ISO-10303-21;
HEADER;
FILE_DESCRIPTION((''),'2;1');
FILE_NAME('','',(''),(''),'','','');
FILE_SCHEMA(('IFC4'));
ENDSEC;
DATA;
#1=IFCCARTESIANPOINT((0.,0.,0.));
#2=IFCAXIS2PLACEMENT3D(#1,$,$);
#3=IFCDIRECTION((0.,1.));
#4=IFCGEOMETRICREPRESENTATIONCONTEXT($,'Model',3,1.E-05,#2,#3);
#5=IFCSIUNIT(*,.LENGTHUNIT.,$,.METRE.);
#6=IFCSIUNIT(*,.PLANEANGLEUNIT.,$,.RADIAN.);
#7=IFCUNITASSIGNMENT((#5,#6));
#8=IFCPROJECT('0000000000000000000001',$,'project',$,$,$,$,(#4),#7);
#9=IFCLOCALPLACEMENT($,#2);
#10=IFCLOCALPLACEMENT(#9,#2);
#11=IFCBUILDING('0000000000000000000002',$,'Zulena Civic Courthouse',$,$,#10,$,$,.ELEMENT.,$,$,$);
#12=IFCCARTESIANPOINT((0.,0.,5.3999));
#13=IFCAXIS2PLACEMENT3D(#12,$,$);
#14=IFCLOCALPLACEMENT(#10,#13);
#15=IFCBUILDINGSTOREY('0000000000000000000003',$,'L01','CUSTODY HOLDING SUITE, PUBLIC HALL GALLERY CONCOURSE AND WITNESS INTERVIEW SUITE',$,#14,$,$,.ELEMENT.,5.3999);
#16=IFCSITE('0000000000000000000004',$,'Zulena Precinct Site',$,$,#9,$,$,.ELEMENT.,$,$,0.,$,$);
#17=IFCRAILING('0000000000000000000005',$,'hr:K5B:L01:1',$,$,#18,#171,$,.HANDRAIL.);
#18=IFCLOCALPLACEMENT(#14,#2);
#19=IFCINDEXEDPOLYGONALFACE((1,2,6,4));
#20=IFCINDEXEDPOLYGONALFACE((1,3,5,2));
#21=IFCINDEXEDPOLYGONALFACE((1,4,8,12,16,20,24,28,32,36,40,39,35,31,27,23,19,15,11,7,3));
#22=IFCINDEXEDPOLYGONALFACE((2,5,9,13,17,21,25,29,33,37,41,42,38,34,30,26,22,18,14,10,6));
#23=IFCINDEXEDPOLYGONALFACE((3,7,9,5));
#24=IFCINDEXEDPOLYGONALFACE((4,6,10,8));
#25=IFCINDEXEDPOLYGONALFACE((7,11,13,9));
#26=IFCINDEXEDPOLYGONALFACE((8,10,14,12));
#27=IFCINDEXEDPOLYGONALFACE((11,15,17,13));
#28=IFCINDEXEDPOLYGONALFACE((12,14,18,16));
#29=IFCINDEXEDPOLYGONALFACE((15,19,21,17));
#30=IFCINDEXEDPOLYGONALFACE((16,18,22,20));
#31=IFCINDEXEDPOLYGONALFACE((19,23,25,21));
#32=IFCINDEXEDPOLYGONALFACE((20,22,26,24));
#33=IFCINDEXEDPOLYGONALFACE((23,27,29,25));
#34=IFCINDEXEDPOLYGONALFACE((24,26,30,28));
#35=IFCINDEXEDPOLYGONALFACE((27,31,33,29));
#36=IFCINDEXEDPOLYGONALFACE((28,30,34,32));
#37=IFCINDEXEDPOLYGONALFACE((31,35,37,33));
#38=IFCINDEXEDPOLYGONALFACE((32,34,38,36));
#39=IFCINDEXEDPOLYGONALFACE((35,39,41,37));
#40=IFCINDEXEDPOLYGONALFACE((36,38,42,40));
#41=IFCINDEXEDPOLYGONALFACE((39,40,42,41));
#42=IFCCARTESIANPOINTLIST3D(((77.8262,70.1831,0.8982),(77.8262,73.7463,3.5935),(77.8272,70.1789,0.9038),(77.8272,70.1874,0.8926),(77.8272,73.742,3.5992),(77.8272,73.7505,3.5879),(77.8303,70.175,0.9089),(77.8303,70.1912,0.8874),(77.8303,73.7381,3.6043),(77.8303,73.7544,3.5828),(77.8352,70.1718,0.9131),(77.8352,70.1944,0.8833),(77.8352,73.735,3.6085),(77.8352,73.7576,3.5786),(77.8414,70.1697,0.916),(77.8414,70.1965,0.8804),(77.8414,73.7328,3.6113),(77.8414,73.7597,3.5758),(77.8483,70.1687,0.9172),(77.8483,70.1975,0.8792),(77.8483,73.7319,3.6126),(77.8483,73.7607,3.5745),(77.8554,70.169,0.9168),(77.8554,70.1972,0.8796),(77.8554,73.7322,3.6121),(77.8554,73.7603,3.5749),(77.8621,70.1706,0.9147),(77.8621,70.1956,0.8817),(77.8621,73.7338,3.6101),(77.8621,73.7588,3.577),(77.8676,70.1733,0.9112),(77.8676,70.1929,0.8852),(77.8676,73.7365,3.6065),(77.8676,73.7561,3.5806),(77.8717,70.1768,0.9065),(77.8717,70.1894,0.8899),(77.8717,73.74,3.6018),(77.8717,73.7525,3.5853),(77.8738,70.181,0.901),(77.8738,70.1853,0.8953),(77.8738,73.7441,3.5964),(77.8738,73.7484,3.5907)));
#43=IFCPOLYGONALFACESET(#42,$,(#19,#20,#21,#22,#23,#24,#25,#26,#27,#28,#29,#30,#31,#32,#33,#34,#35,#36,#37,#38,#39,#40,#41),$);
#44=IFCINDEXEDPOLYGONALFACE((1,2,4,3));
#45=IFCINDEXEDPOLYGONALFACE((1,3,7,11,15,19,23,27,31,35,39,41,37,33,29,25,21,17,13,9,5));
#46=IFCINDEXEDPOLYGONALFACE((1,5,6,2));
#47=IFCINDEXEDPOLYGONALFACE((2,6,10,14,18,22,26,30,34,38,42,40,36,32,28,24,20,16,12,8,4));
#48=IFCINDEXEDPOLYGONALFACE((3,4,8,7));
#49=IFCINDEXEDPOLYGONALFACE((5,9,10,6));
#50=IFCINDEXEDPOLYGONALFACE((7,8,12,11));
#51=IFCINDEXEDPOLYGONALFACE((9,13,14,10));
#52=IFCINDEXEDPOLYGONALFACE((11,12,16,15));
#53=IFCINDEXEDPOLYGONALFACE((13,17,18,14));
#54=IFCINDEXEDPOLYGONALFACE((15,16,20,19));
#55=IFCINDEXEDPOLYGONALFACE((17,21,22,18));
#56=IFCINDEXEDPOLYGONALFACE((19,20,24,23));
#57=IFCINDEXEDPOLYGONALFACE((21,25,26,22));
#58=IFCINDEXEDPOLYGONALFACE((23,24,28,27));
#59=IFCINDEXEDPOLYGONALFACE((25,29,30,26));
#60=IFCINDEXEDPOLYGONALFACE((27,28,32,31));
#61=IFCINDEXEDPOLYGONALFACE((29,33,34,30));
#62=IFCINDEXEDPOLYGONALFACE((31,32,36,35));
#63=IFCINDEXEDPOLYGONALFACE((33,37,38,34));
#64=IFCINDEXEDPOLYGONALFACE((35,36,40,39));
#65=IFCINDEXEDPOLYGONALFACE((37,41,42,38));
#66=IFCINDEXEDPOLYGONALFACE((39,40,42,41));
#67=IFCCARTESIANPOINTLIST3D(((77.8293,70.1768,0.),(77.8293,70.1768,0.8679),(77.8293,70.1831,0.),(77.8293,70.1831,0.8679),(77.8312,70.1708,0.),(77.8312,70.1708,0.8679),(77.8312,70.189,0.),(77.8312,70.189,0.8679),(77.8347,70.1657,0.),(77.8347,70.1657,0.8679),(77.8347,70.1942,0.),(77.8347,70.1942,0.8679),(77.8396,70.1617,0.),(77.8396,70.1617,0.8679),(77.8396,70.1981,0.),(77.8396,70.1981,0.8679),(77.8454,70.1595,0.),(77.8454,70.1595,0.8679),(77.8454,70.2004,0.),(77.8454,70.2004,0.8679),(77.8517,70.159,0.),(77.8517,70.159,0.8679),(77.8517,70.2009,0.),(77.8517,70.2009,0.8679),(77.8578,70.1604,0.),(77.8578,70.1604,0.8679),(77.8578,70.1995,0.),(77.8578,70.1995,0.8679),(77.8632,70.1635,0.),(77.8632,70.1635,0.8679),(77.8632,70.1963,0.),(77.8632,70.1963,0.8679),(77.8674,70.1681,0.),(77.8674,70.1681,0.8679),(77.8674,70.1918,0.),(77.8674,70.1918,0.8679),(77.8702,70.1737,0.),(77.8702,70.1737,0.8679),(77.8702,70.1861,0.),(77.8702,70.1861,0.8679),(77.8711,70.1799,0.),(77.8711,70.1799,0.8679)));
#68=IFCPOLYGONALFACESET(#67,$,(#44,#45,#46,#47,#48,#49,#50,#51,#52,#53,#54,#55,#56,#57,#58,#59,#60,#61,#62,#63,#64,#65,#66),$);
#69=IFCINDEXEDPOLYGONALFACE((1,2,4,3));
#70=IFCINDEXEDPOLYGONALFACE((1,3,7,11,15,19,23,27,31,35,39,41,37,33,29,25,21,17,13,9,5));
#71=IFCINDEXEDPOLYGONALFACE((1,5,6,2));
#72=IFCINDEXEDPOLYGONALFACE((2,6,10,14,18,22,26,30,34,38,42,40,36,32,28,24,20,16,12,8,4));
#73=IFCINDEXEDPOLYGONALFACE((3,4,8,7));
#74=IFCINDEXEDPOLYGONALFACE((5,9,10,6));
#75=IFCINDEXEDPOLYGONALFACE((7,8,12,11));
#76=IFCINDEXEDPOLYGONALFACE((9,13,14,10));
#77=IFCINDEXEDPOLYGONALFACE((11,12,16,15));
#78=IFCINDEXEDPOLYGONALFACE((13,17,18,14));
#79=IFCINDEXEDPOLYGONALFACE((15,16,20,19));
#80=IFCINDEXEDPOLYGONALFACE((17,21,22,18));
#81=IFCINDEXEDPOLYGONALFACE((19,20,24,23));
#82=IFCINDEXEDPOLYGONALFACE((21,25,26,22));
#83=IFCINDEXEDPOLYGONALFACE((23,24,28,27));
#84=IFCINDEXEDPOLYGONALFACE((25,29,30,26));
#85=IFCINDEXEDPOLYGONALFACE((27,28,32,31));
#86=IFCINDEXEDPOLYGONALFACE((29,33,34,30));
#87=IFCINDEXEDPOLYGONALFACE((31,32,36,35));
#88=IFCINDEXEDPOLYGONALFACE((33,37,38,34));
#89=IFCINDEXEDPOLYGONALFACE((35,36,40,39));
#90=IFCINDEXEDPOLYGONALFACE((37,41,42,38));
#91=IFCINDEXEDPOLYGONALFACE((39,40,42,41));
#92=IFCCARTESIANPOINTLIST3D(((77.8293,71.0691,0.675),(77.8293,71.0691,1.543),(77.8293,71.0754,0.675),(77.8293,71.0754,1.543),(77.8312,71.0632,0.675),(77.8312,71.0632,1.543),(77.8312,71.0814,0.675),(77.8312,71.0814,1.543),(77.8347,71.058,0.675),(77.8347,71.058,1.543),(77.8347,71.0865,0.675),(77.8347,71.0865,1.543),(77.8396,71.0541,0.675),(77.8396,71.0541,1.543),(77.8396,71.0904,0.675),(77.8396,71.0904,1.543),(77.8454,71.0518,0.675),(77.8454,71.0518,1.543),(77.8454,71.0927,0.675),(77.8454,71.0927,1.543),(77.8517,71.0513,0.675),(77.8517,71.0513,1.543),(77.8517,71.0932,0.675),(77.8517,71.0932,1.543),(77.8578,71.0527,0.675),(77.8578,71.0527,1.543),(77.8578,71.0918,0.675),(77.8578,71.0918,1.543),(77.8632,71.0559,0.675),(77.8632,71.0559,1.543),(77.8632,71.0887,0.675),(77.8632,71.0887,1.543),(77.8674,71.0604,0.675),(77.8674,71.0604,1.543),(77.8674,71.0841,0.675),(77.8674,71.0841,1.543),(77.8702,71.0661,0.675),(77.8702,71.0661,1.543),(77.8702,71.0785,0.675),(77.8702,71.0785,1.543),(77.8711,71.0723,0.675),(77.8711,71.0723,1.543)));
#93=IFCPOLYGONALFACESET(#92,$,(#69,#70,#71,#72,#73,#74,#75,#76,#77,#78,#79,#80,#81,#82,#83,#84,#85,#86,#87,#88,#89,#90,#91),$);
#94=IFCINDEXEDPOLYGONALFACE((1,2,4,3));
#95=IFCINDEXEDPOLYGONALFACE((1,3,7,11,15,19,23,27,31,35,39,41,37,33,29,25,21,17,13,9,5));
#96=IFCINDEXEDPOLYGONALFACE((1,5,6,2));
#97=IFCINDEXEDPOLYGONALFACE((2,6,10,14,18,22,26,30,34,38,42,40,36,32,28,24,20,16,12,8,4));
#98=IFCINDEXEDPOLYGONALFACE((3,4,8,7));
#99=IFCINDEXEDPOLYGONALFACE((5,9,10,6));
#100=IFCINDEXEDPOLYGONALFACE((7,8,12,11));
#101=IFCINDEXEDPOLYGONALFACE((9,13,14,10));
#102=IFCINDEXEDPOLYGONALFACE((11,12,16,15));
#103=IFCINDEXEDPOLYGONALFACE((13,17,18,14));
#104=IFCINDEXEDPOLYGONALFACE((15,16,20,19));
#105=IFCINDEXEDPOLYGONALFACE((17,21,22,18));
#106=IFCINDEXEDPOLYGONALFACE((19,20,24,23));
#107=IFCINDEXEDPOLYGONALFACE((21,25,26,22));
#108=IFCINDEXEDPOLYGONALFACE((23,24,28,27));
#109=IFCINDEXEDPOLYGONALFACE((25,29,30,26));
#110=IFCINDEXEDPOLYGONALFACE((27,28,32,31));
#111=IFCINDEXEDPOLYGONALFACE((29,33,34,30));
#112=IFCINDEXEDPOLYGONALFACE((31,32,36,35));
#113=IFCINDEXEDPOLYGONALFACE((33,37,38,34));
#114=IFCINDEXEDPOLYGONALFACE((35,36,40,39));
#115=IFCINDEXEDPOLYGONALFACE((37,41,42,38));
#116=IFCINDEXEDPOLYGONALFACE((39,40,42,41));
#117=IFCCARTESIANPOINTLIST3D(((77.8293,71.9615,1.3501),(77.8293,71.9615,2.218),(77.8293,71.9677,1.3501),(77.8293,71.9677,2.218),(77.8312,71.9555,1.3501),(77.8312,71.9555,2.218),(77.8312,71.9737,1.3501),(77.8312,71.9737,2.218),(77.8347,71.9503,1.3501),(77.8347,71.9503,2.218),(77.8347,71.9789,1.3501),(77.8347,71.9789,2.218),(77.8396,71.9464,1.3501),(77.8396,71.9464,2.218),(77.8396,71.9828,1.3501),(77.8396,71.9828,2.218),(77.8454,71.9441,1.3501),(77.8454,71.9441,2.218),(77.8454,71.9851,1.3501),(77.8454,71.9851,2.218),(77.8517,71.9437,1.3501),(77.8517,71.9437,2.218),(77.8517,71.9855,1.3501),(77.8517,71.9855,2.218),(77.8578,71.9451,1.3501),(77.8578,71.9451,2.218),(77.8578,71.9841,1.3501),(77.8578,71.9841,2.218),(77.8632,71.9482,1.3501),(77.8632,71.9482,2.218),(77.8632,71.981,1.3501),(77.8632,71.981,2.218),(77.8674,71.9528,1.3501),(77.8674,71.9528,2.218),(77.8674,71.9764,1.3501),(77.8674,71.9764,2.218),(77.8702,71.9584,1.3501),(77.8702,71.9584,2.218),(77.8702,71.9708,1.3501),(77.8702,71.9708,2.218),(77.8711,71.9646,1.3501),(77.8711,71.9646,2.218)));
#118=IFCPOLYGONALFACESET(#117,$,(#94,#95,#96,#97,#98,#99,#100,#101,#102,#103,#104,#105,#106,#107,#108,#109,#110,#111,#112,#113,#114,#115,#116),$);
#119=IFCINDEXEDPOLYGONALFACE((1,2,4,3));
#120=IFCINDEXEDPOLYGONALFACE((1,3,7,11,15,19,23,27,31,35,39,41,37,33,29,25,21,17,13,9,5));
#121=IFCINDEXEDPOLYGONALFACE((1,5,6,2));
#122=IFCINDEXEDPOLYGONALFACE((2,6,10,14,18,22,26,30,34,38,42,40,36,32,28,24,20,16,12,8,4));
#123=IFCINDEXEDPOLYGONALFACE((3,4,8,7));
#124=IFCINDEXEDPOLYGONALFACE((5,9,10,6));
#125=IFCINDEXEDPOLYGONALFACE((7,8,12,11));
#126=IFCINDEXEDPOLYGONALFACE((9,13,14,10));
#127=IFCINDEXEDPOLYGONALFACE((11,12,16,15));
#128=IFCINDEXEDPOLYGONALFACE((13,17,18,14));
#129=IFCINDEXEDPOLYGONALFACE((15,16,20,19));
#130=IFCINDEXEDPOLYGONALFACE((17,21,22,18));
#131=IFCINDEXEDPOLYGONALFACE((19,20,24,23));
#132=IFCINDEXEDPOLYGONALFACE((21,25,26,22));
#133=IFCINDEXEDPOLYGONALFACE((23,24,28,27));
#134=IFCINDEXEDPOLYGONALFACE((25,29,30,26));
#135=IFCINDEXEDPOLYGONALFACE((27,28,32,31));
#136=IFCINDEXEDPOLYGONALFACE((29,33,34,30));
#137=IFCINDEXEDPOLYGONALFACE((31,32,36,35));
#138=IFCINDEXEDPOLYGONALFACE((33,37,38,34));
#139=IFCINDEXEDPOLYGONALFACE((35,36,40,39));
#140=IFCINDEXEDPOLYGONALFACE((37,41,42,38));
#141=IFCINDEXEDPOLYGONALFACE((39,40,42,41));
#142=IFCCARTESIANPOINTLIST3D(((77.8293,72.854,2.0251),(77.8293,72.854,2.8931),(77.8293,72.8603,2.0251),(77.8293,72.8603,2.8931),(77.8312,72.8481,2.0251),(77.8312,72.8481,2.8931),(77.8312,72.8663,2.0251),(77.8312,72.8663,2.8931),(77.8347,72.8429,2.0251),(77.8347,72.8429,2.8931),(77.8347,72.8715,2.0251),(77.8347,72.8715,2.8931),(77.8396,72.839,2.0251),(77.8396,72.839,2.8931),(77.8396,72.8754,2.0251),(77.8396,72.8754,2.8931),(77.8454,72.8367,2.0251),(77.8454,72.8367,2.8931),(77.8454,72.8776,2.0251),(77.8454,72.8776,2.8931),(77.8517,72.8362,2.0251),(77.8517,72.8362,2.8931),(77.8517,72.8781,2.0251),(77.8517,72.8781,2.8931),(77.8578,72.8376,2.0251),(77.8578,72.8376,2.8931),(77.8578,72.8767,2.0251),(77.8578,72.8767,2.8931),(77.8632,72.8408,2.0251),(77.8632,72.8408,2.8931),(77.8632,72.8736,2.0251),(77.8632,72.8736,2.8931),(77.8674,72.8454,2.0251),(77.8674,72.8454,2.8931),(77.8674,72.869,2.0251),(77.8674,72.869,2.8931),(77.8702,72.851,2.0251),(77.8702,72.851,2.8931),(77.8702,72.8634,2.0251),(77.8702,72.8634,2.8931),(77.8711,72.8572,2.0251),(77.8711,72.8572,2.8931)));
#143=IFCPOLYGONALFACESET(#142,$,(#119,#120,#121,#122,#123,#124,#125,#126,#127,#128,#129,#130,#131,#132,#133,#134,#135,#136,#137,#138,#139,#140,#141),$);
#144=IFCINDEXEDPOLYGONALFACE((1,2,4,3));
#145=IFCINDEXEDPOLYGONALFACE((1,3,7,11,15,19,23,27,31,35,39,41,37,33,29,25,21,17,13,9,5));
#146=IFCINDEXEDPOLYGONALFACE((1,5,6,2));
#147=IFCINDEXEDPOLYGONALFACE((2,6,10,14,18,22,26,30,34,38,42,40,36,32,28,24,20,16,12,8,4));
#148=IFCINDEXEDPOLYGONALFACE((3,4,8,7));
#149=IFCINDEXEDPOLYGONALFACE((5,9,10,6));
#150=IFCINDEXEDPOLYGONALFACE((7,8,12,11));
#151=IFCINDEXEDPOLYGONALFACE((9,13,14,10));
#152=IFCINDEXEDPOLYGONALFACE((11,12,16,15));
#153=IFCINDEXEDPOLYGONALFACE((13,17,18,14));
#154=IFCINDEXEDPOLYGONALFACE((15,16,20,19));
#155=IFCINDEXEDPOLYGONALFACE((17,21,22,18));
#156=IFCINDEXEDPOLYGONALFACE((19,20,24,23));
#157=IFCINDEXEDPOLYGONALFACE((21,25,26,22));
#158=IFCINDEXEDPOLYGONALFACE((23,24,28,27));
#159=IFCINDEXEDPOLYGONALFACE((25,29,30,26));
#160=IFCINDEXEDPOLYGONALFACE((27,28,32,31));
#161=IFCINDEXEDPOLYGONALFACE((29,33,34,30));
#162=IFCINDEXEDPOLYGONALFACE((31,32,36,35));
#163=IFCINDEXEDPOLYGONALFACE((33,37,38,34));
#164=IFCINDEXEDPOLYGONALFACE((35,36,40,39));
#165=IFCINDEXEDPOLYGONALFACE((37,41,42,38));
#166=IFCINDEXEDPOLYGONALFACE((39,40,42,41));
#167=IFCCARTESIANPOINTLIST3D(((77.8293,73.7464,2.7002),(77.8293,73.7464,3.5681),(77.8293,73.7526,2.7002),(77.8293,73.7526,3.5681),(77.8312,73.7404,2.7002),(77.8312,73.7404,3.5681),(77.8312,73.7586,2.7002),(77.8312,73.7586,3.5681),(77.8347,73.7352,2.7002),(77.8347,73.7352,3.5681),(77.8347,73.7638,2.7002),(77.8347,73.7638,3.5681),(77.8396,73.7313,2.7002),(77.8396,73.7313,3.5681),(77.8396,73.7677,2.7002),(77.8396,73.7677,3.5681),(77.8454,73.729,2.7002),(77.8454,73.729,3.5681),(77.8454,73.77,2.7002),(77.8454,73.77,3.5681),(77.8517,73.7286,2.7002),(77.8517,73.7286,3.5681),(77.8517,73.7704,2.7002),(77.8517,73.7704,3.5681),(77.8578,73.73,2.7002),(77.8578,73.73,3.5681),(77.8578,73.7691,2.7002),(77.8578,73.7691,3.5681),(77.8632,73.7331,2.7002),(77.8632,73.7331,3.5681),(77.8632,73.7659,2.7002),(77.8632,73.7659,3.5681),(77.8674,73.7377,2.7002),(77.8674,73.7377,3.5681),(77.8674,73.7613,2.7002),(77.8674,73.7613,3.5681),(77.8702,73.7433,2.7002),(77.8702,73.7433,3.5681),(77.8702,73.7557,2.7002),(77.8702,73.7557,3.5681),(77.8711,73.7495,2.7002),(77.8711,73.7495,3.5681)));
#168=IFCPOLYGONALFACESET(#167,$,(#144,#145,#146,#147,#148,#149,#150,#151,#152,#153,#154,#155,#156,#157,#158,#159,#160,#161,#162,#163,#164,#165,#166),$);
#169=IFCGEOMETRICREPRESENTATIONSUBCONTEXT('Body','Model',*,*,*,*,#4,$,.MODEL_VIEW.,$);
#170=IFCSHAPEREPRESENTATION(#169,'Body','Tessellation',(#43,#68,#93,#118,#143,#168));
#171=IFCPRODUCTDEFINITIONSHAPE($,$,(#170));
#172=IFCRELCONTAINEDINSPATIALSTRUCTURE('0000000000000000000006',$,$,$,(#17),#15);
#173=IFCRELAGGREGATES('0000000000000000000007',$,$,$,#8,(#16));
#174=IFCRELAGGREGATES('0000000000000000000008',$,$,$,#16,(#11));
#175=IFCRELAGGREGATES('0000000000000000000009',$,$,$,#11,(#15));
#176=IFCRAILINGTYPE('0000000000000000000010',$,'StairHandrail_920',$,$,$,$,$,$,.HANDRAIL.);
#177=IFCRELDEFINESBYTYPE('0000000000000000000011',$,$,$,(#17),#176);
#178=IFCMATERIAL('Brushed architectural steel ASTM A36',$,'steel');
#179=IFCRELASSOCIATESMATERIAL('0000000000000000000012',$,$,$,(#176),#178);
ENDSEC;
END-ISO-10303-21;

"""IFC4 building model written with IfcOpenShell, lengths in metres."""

from ifc_helpers import new_model, si_unit, direction, frame, origin, origin_2d, place, context, subcontext, project, spatial, circle, extrude, material, type_object, element, save


model = new_model("IFC4")

# Units and contexts
model_context = context("Model", 3, precision=1e-05, world=origin(), true_north=direction((0.0, 1.0)))
body_context = subcontext(model_context, "Body", "Model", "MODEL_VIEW")
ifc_project = project(units=[si_unit("LENGTHUNIT", "METRE"), si_unit("PLANEANGLEUNIT", "RADIAN")], contexts=[model_context])

# Site, building, storey
site_placement = place(None, origin())
site = spatial("IfcSite", under=ifc_project, at=site_placement, Name="Zulena Precinct Site", CompositionType="ELEMENT", RefElevation=0.0)
building_placement = place(site_placement, origin())
building = spatial("IfcBuilding", under=site, at=building_placement, Name="Zulena Civic Courthouse", CompositionType="ELEMENT")
storey_placement = place(building_placement, frame((0.0, 0.0, 5.3999)))
storey = spatial("IfcBuildingStorey", under=building, at=storey_placement, Name="L01", Description="CUSTODY HOLDING SUITE, PUBLIC HALL GALLERY CONCOURSE AND WITNESS INTERVIEW SUITE", CompositionType="ELEMENT", Elevation=5.3999)

# Railing
ifc_material_1 = material(Name="Brushed architectural steel ASTM A36", Category="steel")
railing_type_1 = type_object("IfcRailingType", Name="StairHandrail_920", PredefinedType="HANDRAIL", material=ifc_material_1)
railing_1_placement = place(storey_placement, frame((77.8501, 70.1799, 0.0)))
element("IfcRailing", 1, at=railing_1_placement, inside=storey, type_object=railing_type_1, Name="hr:K5B:L01:1", PredefinedType="HANDRAIL", context=body_context, shape_type="SweptSolid", body=[
    extrude(circle(Radius=0.0239, at=origin_2d()), frame((0.0, 0.0032, 0.8982), z_axis=(0.0, 0.797526, 0.603285), x_axis=(-1.0, 0.0, 0.0)), (0.0, 0.0, 1.0), 4.4678),
    extrude(circle(Radius=0.021, at=origin_2d()), origin(), (0.0, 0.0, 1.0), 0.8679),
    extrude(circle(Radius=0.021, at=origin_2d()), frame((0.0, 0.8923, 0.675)), (0.0, 0.0, 1.0), 0.8679),
    extrude(circle(Radius=0.021, at=origin_2d()), frame((0.0, 1.7847, 1.3501)), (0.0, 0.0, 1.0), 0.8679),
    extrude(circle(Radius=0.021, at=origin_2d()), frame((0.0, 2.6772, 2.0251)), (0.0, 0.0, 1.0), 0.8679),
    extrude(circle(Radius=0.021, at=origin_2d()), frame((0.0, 3.5696, 2.7002)), (0.0, 0.0, 1.0), 0.8679),
])

save(model, "model.ifc")
